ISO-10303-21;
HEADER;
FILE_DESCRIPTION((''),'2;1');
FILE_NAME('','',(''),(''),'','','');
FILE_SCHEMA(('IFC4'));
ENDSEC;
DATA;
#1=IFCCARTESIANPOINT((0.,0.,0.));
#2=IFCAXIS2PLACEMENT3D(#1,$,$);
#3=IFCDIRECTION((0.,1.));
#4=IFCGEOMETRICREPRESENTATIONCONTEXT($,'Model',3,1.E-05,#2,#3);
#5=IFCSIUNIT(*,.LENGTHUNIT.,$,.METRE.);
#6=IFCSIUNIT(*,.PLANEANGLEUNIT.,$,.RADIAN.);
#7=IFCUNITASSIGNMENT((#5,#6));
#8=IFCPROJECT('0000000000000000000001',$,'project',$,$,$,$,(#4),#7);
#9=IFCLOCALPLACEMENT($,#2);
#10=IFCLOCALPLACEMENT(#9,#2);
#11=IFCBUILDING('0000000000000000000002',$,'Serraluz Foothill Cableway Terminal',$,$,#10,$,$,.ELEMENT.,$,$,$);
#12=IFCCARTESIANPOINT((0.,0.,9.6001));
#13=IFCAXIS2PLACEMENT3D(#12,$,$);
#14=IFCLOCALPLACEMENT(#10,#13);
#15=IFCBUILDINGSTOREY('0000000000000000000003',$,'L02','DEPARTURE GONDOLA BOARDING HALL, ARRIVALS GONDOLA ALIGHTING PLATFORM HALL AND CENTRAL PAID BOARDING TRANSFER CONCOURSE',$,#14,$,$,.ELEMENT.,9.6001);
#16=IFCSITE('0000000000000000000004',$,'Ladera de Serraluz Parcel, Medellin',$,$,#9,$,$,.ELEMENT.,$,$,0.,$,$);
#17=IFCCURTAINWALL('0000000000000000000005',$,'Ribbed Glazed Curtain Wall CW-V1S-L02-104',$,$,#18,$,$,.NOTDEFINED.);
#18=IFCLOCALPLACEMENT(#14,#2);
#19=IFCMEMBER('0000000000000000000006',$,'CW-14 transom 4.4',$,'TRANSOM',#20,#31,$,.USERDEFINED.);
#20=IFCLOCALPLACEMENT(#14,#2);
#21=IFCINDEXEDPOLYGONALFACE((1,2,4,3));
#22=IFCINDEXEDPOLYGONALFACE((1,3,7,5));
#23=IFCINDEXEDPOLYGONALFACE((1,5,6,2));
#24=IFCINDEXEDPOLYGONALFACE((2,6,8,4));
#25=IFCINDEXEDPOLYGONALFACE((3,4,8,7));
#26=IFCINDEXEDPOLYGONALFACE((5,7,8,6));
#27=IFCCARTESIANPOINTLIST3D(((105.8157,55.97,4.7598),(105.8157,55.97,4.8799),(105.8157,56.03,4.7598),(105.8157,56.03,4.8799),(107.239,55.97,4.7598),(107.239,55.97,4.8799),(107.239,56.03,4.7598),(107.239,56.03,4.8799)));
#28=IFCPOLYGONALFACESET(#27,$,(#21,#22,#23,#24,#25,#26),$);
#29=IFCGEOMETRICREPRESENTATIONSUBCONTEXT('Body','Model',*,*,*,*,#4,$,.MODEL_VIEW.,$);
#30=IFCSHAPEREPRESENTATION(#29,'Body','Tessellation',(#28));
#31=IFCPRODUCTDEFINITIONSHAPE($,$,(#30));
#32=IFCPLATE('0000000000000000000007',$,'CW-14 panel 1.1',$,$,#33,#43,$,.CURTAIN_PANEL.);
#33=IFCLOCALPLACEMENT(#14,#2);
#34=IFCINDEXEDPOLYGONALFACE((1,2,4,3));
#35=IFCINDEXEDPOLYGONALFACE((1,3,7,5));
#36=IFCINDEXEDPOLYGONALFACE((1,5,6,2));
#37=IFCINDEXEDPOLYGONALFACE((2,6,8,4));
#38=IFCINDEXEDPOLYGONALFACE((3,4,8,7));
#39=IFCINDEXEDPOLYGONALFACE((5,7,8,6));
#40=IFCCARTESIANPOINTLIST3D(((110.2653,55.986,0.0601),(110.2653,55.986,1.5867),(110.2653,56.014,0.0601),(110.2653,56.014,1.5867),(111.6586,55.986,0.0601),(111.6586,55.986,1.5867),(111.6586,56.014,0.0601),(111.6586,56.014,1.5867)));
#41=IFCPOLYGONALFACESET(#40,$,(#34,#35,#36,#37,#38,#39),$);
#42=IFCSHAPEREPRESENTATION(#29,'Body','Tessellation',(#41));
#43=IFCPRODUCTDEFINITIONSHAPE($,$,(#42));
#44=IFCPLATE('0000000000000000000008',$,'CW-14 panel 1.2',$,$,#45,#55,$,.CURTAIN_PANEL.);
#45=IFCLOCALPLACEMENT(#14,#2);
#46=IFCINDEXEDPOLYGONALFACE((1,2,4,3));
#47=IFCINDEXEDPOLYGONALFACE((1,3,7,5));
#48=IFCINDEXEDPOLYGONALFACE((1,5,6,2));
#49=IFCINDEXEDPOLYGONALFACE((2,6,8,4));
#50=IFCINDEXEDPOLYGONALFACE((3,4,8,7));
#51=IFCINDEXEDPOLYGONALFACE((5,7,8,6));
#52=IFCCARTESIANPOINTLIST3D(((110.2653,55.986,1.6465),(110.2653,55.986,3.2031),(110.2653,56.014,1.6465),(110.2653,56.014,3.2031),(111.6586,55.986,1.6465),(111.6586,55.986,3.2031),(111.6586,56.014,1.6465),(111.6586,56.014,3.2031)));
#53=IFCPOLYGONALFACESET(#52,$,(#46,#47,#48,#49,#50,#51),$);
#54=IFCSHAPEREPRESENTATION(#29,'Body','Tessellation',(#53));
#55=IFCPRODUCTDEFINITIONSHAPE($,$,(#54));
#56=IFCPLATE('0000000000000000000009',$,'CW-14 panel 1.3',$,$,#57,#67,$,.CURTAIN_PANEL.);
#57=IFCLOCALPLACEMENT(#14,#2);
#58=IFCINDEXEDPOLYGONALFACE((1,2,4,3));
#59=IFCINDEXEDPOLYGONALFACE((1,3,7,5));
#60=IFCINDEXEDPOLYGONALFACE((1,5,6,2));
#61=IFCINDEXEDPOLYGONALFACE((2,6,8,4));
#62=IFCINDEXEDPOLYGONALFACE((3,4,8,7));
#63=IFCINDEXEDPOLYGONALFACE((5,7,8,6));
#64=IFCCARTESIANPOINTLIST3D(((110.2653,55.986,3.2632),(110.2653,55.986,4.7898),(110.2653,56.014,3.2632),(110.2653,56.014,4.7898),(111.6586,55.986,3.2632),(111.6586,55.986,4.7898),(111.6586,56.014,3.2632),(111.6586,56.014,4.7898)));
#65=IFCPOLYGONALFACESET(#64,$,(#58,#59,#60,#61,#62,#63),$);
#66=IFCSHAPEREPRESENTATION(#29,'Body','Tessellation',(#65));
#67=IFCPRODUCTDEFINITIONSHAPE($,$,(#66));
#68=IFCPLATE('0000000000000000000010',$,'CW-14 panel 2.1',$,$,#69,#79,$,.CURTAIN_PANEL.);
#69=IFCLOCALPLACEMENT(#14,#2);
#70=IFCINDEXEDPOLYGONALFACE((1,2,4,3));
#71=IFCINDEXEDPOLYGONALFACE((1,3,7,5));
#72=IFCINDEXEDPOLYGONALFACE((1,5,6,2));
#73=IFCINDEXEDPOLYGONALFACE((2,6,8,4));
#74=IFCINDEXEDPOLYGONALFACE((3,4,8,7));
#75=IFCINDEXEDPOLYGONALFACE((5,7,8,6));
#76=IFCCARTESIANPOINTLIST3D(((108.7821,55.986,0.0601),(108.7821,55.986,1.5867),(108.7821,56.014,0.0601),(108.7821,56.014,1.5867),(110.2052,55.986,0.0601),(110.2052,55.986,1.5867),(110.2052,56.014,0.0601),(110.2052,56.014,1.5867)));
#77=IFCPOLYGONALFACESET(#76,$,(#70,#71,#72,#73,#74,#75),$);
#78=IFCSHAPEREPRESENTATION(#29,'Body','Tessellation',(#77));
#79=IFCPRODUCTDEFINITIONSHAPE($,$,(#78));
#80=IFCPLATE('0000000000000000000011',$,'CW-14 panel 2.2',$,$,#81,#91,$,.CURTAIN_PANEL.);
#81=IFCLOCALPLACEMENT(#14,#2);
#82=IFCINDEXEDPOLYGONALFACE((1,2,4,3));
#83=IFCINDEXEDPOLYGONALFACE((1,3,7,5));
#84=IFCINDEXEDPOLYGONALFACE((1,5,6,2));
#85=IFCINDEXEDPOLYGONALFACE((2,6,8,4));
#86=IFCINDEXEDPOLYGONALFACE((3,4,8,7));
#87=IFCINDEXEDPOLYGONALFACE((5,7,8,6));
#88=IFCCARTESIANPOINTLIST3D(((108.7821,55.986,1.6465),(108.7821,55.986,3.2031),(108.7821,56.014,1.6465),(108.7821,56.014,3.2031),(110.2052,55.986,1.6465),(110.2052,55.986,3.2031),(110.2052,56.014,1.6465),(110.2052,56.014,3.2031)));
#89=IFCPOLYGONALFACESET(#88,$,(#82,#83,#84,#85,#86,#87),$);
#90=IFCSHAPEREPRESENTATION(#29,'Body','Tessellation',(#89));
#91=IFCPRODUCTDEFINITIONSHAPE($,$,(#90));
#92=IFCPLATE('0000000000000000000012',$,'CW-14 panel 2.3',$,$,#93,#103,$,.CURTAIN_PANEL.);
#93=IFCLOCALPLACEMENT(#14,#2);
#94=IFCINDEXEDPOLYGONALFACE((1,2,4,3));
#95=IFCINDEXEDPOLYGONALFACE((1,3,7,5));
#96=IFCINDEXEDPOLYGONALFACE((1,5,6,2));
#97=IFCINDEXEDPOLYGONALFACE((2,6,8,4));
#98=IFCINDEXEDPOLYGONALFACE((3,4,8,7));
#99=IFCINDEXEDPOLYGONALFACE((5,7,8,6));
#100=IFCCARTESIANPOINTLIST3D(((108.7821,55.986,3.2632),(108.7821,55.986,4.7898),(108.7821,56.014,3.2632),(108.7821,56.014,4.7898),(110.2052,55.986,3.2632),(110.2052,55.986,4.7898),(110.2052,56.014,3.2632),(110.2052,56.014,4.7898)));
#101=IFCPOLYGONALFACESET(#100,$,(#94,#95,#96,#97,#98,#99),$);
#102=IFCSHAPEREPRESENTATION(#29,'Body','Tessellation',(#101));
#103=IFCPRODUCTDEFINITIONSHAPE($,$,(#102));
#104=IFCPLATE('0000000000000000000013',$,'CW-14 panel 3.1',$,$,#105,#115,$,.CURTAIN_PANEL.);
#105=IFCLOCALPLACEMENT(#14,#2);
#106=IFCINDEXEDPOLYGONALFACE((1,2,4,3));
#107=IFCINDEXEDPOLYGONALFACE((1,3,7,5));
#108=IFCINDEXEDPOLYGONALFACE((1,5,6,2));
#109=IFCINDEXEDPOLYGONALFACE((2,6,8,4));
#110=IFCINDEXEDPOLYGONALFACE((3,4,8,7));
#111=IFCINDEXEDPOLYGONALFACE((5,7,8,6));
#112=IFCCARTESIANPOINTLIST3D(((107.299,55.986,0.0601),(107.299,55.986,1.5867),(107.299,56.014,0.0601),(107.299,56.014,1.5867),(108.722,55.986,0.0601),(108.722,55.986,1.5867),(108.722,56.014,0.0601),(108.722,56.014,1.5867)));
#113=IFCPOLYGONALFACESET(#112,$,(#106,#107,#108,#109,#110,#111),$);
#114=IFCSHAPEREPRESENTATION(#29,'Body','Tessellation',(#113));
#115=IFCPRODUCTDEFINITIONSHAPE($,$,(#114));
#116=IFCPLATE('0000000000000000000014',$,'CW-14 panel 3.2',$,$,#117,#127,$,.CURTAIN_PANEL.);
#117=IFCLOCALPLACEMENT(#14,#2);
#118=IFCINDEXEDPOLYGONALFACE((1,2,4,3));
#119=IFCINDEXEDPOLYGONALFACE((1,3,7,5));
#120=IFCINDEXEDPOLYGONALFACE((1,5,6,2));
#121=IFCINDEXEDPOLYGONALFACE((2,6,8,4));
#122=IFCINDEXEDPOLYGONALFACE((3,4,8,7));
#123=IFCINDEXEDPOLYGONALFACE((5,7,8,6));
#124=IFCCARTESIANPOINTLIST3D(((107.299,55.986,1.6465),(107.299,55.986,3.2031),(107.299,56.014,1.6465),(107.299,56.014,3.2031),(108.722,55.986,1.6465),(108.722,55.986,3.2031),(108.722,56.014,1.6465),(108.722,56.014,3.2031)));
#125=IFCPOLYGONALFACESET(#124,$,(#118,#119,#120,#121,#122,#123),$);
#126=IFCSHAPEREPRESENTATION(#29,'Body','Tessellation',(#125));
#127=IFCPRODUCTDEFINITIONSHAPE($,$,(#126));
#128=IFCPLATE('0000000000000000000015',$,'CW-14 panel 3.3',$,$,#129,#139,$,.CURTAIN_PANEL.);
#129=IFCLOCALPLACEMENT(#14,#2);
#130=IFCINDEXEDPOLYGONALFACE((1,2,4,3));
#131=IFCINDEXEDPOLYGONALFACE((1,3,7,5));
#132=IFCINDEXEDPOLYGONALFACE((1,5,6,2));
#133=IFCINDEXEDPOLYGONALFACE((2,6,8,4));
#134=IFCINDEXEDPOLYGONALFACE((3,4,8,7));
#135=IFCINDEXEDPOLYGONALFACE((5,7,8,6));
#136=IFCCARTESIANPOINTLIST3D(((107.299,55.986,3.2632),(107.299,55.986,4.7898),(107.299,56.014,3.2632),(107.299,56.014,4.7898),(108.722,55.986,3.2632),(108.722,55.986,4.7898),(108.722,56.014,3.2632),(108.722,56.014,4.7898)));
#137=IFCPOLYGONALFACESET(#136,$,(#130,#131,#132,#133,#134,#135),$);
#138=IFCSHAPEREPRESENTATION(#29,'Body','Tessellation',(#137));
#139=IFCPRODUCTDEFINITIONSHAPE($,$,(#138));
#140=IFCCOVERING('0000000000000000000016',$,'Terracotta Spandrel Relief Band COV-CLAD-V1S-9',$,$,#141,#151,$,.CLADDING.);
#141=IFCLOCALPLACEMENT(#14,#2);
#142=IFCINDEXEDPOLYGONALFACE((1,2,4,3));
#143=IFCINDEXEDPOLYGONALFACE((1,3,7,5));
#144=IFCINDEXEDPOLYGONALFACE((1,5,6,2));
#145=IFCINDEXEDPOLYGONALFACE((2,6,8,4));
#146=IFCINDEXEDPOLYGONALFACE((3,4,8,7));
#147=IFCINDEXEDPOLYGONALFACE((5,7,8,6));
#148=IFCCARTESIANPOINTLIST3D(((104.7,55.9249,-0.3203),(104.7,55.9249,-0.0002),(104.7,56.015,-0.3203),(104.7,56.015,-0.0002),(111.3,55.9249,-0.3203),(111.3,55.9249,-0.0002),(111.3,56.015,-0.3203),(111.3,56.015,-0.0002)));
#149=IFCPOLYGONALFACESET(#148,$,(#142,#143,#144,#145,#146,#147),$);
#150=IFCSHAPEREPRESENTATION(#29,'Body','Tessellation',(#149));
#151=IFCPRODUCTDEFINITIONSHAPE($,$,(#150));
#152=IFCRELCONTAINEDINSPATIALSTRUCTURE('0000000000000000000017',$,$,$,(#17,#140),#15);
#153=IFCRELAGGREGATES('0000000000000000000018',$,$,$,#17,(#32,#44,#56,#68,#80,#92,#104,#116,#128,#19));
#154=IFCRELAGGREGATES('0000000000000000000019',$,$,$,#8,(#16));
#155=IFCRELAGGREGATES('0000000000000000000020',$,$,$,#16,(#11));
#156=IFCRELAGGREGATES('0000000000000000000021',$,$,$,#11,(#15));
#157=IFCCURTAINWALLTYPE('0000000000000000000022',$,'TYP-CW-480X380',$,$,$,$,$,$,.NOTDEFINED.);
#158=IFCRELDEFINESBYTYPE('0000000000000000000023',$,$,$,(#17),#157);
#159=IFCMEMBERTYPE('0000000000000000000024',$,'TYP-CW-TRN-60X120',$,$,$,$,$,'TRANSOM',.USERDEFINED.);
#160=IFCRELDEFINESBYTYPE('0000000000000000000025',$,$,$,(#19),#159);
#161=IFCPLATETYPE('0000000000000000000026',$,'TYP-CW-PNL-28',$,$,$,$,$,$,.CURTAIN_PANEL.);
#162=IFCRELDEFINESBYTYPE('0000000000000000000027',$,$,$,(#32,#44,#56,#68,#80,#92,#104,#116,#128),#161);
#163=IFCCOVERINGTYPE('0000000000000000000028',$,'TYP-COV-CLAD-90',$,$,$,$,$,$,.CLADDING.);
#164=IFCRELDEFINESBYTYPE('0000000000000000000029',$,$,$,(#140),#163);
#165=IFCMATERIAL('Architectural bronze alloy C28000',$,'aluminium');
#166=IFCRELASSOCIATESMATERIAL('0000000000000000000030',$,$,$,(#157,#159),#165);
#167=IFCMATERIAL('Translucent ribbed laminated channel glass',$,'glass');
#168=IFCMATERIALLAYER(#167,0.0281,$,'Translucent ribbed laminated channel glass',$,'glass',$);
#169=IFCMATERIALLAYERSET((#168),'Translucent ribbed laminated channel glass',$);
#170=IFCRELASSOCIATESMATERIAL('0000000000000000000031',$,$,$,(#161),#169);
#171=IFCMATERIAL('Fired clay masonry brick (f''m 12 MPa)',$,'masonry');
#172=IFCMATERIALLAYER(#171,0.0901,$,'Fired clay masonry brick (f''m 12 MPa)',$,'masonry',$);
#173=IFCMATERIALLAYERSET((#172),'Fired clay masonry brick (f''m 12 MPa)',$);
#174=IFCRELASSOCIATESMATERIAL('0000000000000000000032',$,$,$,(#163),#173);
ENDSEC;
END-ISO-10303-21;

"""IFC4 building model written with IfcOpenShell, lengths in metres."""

from ifc_helpers import new_model, si_unit, direction, frame, origin, origin_2d, place, context, subcontext, project, spatial, rectangle, extrude, material, layer, layer_set, material_profile, profile_set, type_object, element, aggregate, save


model = new_model("IFC4")

# Units and contexts
model_context = context("Model", 3, precision=1e-05, world=origin(), true_north=direction((0.0, 1.0)))
body_context = subcontext(model_context, "Body", "Model", "MODEL_VIEW")
ifc_project = project(units=[si_unit("LENGTHUNIT", "METRE"), si_unit("PLANEANGLEUNIT", "RADIAN")], contexts=[model_context])

# Site, building, storey
site_placement = place(None, origin())
site = spatial("IfcSite", under=ifc_project, at=site_placement, Name="Ladera de Serraluz Parcel, Medellin", CompositionType="ELEMENT", RefElevation=0.0)
building_placement = place(site_placement, origin())
building = spatial("IfcBuilding", under=site, at=building_placement, Name="Serraluz Foothill Cableway Terminal", CompositionType="ELEMENT")
storey_placement = place(building_placement, frame((0.0, 0.0, 9.6001)))
storey = spatial("IfcBuildingStorey", under=building, at=storey_placement, Name="L02", Description="DEPARTURE GONDOLA BOARDING HALL, ARRIVALS GONDOLA ALIGHTING PLATFORM HALL AND CENTRAL PAID BOARDING TRANSFER CONCOURSE", CompositionType="ELEMENT", Elevation=9.6001)

# Curtain wall, member, plates
ifc_material_1 = material(Name="Architectural bronze alloy C28000", Category="aluminium")
curtain_wall_type = type_object("IfcCurtainWallType", Name="TYP-CW-480X380", PredefinedType="NOTDEFINED", material=ifc_material_1)
curtain_wall_placement = place(storey_placement, origin())
curtain_wall = element("IfcCurtainWall", 1, at=curtain_wall_placement, inside=storey, type_object=curtain_wall_type, Name="Ribbed Glazed Curtain Wall CW-V1S-L02-104", PredefinedType="NOTDEFINED")
ifc_material_profile_1 = material_profile(ifc_material_1, rectangle(XDim=0.0601, YDim=0.1201, at=origin_2d()), Name="ALU TRANSOM 60x120")
ifc_profile_set_1 = profile_set([ifc_material_profile_1], Name="Architectural bronze alloy C28000")
member_type_1 = type_object("IfcMemberType", Name="TYP-CW-TRN-60X120", ElementType="TRANSOM", PredefinedType="USERDEFINED", material=ifc_profile_set_1)
member_1_placement = place(storey_placement, frame((107.239, 56.0, 4.8198), z_axis=(-1.0, 0.0, 0.0), x_axis=(0.0, -1.0, 0.0)))
member_1 = element("IfcMember", 2, at=member_1_placement, type_object=member_type_1, Name="CW-14 transom 4.4", ObjectType="TRANSOM", PredefinedType="USERDEFINED", context=body_context, shape_type="SweptSolid", body=[
    extrude(rectangle(XDim=0.0601, YDim=0.1201, at=origin_2d()), origin(), (0.0, 0.0, 1.0), 1.4233),
])
ifc_material_2 = material(Name="Translucent ribbed laminated channel glass", Category="glass")
ifc_layer_1 = layer(ifc_material_2, 0.0281, Name="Translucent ribbed laminated channel glass", Category="glass")
ifc_layer_set_1 = layer_set([ifc_layer_1], Name="Translucent ribbed laminated channel glass")
plate_type = type_object("IfcPlateType", Name="TYP-CW-PNL-28", PredefinedType="CURTAIN_PANEL", material=ifc_layer_set_1)
plate_1_placement = place(storey_placement, frame((110.9619, 56.0, 0.0601), z_axis=(0.0, 0.0, 1.0), x_axis=(-1.0, 0.0, 0.0)))
plate_1 = element("IfcPlate", 3, at=plate_1_placement, type_object=plate_type, Name="CW-14 panel 1.1", PredefinedType="CURTAIN_PANEL", context=body_context, shape_type="SweptSolid", body=[
    extrude(rectangle(XDim=1.3933, YDim=0.0281, at=origin_2d()), origin(), (0.0, 0.0, 1.0), 1.5266),
])
plate_2_placement = place(storey_placement, frame((110.9619, 56.0, 1.6465), z_axis=(0.0, 0.0, 1.0), x_axis=(-1.0, 0.0, 0.0)))
plate_2 = element("IfcPlate", 4, at=plate_2_placement, type_object=plate_type, Name="CW-14 panel 1.2", PredefinedType="CURTAIN_PANEL", context=body_context, shape_type="SweptSolid", body=[
    extrude(rectangle(XDim=1.3933, YDim=0.0281, at=origin_2d()), origin(), (0.0, 0.0, 1.0), 1.5566),
])
plate_3_placement = place(storey_placement, frame((110.9619, 56.0, 3.2632), z_axis=(0.0, 0.0, 1.0), x_axis=(-1.0, 0.0, 0.0)))
plate_3 = element("IfcPlate", 5, at=plate_3_placement, type_object=plate_type, Name="CW-14 panel 1.3", PredefinedType="CURTAIN_PANEL", context=body_context, shape_type="SweptSolid", body=[
    extrude(rectangle(XDim=1.3933, YDim=0.0281, at=origin_2d()), origin(), (0.0, 0.0, 1.0), 1.5266),
])
plate_4_placement = place(storey_placement, frame((109.4937, 56.0, 0.0601), z_axis=(0.0, 0.0, 1.0), x_axis=(-1.0, 0.0, 0.0)))
plate_4 = element("IfcPlate", 6, at=plate_4_placement, type_object=plate_type, Name="CW-14 panel 2.1", PredefinedType="CURTAIN_PANEL", context=body_context, shape_type="SweptSolid", body=[
    extrude(rectangle(XDim=1.4231, YDim=0.0281, at=origin_2d()), origin(), (0.0, 0.0, 1.0), 1.5266),
])
plate_5_placement = place(storey_placement, frame((109.4937, 56.0, 1.6465), z_axis=(0.0, 0.0, 1.0), x_axis=(-1.0, 0.0, 0.0)))
plate_5 = element("IfcPlate", 7, at=plate_5_placement, type_object=plate_type, Name="CW-14 panel 2.2", PredefinedType="CURTAIN_PANEL", context=body_context, shape_type="SweptSolid", body=[
    extrude(rectangle(XDim=1.4231, YDim=0.0281, at=origin_2d()), origin(), (0.0, 0.0, 1.0), 1.5566),
])
plate_6_placement = place(storey_placement, frame((109.4937, 56.0, 3.2632), z_axis=(0.0, 0.0, 1.0), x_axis=(-1.0, 0.0, 0.0)))
plate_6 = element("IfcPlate", 8, at=plate_6_placement, type_object=plate_type, Name="CW-14 panel 2.3", PredefinedType="CURTAIN_PANEL", context=body_context, shape_type="SweptSolid", body=[
    extrude(rectangle(XDim=1.4231, YDim=0.0281, at=origin_2d()), origin(), (0.0, 0.0, 1.0), 1.5266),
])
plate_7_placement = place(storey_placement, frame((108.0105, 56.0, 0.0601), z_axis=(0.0, 0.0, 1.0), x_axis=(-1.0, 0.0, 0.0)))
plate_7 = element("IfcPlate", 9, at=plate_7_placement, type_object=plate_type, Name="CW-14 panel 3.1", PredefinedType="CURTAIN_PANEL", context=body_context, shape_type="SweptSolid", body=[
    extrude(rectangle(XDim=1.4231, YDim=0.0281, at=origin_2d()), origin(), (0.0, 0.0, 1.0), 1.5266),
])
plate_8_placement = place(storey_placement, frame((108.0105, 56.0, 1.6465), z_axis=(0.0, 0.0, 1.0), x_axis=(-1.0, 0.0, 0.0)))
plate_8 = element("IfcPlate", 10, at=plate_8_placement, type_object=plate_type, Name="CW-14 panel 3.2", PredefinedType="CURTAIN_PANEL", context=body_context, shape_type="SweptSolid", body=[
    extrude(rectangle(XDim=1.4231, YDim=0.0281, at=origin_2d()), origin(), (0.0, 0.0, 1.0), 1.5566),
])
plate_9_placement = place(storey_placement, frame((108.0105, 56.0, 3.2632), z_axis=(0.0, 0.0, 1.0), x_axis=(-1.0, 0.0, 0.0)))
plate_9 = element("IfcPlate", 11, at=plate_9_placement, type_object=plate_type, Name="CW-14 panel 3.3", PredefinedType="CURTAIN_PANEL", context=body_context, shape_type="SweptSolid", body=[
    extrude(rectangle(XDim=1.4231, YDim=0.0281, at=origin_2d()), origin(), (0.0, 0.0, 1.0), 1.5266),
])
aggregate(curtain_wall, [plate_1, plate_2, plate_3, plate_4, plate_5, plate_6, plate_7, plate_8, plate_9, member_1])

# Covering
ifc_material_3 = material(Name="Fired clay masonry brick (f'm 12 MPa)", Category="masonry")
ifc_layer_2 = layer(ifc_material_3, 0.0901, Name="Fired clay masonry brick (f'm 12 MPa)", Category="masonry")
ifc_layer_set_2 = layer_set([ifc_layer_2], Name="Fired clay masonry brick (f'm 12 MPa)")
covering_type = type_object("IfcCoveringType", Name="TYP-COV-CLAD-90", PredefinedType="CLADDING", material=ifc_layer_set_2)
covering_placement = place(storey_placement, frame((108.0, 55.97, -0.3203), z_axis=(0.0, 0.0, 1.0), x_axis=(1.0, 0.0, 0.0)))
element("IfcCovering", 12, at=covering_placement, inside=storey, type_object=covering_type, Name="Terracotta Spandrel Relief Band COV-CLAD-V1S-9", PredefinedType="CLADDING", context=body_context, shape_type="SweptSolid", body=[
    extrude(rectangle(XDim=6.6001, YDim=0.0901, at=origin_2d()), origin(), (0.0, 0.0, 1.0), 0.3201),
])

save(model, "model.ifc")
